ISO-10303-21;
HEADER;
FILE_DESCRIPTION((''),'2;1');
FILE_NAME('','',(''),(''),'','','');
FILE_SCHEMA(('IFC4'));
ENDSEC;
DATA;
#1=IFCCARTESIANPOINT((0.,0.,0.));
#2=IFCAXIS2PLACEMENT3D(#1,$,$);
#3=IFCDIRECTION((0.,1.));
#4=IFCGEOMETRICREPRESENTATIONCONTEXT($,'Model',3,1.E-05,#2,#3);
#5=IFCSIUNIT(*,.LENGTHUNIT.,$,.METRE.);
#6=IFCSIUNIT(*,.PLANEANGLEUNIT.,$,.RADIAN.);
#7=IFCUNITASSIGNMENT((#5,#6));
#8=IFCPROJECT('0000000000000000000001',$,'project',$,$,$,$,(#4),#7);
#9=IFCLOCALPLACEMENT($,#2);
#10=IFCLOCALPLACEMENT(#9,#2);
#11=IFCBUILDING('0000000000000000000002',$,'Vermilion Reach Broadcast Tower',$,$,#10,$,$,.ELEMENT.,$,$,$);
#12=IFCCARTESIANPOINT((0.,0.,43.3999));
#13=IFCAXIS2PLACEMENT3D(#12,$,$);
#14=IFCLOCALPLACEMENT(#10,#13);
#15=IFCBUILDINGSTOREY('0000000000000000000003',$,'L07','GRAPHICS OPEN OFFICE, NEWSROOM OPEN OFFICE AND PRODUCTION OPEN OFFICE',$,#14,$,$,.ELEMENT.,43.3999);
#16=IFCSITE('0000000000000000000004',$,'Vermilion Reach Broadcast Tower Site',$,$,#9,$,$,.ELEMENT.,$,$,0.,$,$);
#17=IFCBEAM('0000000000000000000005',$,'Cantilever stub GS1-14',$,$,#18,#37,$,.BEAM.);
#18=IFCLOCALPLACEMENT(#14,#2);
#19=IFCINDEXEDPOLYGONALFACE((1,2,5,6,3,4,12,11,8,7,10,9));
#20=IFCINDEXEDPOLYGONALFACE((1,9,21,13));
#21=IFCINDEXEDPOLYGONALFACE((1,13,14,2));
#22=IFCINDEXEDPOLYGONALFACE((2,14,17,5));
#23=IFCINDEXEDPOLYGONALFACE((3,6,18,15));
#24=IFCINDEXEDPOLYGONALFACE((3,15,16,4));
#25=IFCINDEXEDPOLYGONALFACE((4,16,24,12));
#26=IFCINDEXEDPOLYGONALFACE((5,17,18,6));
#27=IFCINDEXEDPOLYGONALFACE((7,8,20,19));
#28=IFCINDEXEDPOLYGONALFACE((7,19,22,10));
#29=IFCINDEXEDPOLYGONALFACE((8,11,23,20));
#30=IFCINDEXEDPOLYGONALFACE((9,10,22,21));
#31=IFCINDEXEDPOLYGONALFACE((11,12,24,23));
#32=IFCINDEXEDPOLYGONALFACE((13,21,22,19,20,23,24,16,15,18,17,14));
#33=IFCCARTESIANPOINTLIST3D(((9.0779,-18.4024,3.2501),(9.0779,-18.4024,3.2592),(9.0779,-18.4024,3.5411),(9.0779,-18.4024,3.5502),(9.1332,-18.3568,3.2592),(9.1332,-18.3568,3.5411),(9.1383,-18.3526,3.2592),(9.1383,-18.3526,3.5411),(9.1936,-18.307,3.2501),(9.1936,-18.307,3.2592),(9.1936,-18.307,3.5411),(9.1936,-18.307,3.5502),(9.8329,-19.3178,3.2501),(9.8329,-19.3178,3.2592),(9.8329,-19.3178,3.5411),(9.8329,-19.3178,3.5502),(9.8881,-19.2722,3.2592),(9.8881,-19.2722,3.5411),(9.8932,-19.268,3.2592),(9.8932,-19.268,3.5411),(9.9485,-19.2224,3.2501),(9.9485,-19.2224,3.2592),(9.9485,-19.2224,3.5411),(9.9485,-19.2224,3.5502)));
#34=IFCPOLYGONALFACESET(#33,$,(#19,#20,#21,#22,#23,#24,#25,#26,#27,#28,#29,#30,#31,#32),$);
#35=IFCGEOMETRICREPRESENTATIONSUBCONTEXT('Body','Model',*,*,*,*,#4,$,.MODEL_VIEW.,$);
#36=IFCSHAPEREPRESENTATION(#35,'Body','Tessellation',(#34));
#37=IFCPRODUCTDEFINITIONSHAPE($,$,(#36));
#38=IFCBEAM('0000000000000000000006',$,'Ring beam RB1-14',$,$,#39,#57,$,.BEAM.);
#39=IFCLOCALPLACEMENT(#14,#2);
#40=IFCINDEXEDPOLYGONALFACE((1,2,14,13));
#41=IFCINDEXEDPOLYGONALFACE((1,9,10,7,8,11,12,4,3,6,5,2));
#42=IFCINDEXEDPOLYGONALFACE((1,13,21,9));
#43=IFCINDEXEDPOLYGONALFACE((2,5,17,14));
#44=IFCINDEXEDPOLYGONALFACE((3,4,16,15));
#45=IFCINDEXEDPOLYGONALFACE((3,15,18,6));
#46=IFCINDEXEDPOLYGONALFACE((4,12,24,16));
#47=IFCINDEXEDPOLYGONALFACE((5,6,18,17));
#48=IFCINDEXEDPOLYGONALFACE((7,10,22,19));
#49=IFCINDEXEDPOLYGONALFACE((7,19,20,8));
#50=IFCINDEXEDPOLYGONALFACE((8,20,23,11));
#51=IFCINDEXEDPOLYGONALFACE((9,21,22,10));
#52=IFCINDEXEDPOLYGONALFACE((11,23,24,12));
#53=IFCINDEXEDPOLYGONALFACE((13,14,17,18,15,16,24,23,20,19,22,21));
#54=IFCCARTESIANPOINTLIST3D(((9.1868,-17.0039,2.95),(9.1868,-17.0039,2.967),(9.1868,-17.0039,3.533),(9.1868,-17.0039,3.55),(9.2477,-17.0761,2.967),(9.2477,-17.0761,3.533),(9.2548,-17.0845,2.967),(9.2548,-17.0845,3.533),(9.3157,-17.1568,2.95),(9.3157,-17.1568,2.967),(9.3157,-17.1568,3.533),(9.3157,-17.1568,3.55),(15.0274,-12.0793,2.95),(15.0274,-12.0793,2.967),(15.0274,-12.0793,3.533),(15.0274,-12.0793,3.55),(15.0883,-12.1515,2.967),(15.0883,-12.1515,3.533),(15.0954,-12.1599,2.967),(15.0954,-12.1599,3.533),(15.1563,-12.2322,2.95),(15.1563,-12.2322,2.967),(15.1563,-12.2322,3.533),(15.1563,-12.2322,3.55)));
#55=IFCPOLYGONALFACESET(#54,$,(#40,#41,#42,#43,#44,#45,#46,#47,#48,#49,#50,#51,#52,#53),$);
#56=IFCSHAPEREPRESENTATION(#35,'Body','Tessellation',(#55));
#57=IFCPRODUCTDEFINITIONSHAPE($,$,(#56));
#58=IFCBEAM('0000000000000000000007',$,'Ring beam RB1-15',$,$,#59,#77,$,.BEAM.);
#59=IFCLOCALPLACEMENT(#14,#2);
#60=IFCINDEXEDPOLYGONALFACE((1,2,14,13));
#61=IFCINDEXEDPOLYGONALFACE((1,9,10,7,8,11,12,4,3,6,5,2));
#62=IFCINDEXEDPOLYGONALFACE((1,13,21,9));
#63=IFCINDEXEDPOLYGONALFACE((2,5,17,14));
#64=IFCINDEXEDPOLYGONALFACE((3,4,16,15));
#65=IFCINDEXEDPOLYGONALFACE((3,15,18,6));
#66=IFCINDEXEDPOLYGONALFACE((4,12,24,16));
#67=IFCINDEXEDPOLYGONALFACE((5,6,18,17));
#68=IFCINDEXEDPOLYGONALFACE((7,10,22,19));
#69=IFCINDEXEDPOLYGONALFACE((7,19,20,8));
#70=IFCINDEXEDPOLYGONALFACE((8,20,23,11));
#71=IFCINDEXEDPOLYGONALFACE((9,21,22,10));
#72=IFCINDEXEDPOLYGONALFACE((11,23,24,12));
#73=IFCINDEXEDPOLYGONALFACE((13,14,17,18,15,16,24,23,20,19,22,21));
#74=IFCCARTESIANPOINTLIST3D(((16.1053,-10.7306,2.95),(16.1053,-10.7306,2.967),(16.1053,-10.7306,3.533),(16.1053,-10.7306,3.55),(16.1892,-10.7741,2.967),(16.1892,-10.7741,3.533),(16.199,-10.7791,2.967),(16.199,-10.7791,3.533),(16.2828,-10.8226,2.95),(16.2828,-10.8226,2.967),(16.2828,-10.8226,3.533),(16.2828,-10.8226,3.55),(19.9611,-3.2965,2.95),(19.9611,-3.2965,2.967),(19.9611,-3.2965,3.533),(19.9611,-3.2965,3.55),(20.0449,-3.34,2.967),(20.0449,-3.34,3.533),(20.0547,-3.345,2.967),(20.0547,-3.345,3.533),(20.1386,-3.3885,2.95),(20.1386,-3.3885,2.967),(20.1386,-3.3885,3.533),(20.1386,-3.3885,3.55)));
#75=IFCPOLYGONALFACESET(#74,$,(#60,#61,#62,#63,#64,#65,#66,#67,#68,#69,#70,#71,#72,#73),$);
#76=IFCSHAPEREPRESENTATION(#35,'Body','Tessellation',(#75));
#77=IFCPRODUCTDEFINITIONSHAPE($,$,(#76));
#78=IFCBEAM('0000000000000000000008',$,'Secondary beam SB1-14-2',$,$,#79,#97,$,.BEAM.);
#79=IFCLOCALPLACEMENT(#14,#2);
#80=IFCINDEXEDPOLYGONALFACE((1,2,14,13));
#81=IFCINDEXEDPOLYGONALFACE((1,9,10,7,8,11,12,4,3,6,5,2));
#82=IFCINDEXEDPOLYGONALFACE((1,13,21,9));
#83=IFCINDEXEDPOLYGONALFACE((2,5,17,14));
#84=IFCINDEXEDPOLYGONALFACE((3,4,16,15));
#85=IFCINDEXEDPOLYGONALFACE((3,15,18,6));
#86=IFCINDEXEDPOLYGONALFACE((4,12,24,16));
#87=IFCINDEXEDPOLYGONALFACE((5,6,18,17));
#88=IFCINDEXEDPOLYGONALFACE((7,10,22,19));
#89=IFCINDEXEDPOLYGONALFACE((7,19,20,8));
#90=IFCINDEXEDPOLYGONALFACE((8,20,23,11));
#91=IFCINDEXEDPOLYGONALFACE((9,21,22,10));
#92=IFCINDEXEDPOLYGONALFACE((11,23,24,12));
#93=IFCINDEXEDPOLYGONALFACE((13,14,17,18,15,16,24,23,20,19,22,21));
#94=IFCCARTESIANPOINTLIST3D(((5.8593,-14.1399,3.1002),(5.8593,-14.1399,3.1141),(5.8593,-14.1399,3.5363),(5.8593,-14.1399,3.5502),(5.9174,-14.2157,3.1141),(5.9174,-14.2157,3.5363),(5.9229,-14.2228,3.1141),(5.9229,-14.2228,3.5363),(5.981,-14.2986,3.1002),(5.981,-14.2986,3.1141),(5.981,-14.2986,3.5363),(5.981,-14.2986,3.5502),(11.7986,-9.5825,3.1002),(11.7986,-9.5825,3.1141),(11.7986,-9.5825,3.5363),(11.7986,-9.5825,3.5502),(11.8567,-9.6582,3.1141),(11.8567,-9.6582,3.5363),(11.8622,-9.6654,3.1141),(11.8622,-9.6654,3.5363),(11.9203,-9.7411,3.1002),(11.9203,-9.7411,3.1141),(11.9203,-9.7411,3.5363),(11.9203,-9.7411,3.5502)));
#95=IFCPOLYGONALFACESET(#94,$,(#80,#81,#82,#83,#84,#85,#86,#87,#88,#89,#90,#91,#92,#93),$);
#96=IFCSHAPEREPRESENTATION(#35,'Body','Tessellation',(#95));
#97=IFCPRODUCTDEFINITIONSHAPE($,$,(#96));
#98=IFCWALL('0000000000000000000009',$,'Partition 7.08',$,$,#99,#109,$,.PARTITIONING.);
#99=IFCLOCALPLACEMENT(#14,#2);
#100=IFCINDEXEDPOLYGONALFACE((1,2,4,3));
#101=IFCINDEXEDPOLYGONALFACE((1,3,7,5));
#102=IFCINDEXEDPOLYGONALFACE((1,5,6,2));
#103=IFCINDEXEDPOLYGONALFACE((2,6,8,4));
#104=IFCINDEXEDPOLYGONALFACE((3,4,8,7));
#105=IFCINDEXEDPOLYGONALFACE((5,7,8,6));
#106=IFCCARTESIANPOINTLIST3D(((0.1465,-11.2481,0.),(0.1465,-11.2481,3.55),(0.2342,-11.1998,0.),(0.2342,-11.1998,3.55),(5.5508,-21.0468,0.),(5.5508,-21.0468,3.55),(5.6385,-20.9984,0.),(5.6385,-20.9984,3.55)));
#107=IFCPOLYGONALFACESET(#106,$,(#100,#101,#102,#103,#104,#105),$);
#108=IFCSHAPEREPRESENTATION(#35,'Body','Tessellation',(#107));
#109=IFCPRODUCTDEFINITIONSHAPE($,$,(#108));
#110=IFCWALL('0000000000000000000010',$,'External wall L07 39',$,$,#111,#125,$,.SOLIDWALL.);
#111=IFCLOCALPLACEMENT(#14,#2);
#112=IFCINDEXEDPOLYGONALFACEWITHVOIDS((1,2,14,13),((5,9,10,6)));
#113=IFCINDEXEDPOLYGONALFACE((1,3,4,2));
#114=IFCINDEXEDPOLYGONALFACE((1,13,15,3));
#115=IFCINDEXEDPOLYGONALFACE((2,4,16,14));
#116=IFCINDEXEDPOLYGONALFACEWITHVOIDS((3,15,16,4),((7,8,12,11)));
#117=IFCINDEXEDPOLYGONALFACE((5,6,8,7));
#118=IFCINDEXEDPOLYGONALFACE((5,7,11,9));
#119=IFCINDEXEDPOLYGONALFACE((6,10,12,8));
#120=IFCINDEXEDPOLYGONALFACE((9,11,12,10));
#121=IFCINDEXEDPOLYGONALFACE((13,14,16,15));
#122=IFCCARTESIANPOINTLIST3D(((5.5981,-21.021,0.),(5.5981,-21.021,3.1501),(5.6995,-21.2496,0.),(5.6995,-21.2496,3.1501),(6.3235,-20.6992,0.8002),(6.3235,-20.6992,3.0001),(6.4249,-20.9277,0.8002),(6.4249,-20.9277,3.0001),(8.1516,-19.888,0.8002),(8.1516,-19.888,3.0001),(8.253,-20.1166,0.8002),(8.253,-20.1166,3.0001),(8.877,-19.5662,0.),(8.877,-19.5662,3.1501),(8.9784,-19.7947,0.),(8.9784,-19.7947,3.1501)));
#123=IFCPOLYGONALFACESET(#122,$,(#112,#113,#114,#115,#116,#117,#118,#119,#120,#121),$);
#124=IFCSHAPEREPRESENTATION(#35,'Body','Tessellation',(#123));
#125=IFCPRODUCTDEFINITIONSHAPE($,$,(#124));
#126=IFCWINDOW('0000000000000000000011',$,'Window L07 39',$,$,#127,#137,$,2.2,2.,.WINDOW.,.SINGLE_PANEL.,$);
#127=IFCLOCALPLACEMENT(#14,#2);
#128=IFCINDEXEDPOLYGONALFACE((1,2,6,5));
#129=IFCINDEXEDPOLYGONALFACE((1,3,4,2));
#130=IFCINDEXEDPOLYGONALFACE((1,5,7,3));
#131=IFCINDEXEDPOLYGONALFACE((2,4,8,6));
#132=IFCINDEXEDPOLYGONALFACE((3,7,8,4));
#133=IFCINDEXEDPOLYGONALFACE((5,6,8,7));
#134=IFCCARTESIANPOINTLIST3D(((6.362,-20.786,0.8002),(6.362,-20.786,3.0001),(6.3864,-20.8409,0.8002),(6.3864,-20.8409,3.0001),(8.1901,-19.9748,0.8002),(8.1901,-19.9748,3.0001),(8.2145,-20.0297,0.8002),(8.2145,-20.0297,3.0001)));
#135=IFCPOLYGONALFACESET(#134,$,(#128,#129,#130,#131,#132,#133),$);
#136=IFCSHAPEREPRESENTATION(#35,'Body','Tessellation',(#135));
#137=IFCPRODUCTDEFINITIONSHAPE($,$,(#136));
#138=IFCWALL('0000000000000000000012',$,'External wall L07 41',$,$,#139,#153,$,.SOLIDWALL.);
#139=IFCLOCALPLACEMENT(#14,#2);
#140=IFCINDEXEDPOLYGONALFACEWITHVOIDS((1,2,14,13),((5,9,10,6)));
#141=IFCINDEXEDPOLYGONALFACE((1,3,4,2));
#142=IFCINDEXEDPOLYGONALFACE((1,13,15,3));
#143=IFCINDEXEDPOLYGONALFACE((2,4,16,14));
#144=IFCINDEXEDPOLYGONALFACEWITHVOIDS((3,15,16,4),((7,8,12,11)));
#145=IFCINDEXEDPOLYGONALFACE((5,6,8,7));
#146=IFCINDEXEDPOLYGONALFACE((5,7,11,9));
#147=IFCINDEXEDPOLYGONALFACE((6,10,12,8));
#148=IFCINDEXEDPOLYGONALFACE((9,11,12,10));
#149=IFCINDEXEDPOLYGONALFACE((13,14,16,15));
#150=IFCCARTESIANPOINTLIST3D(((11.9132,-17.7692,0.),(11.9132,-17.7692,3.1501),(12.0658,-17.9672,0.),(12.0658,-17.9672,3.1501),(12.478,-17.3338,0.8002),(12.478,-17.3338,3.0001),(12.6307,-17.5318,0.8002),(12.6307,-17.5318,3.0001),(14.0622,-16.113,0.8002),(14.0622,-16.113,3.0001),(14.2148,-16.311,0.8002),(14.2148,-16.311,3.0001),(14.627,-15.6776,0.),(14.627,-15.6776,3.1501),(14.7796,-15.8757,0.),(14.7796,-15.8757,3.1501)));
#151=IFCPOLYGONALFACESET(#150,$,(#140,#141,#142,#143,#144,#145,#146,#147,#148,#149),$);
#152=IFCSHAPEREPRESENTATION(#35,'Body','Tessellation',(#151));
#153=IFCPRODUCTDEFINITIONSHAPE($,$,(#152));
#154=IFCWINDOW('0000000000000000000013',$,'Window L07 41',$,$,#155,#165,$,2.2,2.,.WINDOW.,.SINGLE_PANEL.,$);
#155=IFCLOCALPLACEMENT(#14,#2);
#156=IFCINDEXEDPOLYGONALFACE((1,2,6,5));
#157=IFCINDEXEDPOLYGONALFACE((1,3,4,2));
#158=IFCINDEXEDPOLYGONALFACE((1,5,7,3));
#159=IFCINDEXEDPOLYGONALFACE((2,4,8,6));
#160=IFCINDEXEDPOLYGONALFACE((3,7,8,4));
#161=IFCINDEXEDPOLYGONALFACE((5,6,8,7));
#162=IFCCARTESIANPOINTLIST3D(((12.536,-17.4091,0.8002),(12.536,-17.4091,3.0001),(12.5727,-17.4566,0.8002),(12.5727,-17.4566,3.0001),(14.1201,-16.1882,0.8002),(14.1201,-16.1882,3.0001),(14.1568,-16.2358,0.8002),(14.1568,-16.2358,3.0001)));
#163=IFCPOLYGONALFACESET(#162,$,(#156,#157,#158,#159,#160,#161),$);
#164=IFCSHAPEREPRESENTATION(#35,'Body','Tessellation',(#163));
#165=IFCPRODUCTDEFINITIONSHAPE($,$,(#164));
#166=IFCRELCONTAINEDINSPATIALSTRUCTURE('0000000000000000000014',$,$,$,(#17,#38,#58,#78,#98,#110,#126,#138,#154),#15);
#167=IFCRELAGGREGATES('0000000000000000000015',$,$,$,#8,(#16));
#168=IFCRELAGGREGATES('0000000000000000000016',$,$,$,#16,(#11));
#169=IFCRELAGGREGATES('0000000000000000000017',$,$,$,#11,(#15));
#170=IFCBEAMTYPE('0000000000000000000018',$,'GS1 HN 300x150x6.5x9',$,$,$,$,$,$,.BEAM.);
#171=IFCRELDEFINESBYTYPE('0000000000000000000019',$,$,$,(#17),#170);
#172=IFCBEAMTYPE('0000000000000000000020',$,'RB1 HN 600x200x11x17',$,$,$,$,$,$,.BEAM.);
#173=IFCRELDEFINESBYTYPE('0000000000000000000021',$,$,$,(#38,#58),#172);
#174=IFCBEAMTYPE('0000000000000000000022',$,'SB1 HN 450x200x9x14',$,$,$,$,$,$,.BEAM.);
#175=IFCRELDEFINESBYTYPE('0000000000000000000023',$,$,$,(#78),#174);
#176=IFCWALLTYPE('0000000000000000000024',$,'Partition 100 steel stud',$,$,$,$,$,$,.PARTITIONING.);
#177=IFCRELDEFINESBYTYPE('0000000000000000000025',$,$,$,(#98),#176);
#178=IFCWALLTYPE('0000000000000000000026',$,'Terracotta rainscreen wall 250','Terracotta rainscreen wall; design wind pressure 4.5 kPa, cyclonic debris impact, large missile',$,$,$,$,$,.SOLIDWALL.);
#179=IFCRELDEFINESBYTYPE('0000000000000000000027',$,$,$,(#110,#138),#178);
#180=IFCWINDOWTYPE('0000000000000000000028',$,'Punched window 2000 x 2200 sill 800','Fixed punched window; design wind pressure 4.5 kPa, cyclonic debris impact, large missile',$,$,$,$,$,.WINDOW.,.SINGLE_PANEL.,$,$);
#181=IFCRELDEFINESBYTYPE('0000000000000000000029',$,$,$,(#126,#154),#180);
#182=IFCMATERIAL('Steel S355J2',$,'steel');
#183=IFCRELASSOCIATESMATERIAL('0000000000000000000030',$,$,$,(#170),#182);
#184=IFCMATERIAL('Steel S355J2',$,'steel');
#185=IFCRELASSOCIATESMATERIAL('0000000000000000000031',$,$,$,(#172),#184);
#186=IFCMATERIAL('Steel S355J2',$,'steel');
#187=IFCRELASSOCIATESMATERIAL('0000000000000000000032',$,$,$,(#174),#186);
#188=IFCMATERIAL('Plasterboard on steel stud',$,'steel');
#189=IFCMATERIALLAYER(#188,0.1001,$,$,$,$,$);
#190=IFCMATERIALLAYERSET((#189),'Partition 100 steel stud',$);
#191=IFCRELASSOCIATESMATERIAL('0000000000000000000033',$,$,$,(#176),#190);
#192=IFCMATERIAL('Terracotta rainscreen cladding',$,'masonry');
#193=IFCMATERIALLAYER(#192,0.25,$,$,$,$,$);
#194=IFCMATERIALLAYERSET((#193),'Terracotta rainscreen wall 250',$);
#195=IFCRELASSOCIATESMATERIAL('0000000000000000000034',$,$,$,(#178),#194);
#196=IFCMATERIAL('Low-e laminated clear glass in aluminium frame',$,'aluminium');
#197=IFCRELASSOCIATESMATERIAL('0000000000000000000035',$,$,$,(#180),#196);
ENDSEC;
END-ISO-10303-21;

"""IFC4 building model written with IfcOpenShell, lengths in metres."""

from ifc_helpers import new_model, si_unit, direction, frame, frame_2d, origin, origin_2d, place, context, subcontext, project, spatial, rectangle, i_section, extrude, material, layer, layer_set, material_profile, profile_set, type_object, element, fill, save


model = new_model("IFC4")

# Units and contexts
model_context = context("Model", 3, precision=1e-05, world=origin(), true_north=direction((0.0, 1.0)))
body_context = subcontext(model_context, "Body", "Model", "MODEL_VIEW")
ifc_project = project(units=[si_unit("LENGTHUNIT", "METRE"), si_unit("PLANEANGLEUNIT", "RADIAN")], contexts=[model_context])

# Site, building, storey
site_placement = place(None, origin())
site = spatial("IfcSite", under=ifc_project, at=site_placement, Name="Vermilion Reach Broadcast Tower Site", CompositionType="ELEMENT", RefElevation=0.0)
building_placement = place(site_placement, origin())
building = spatial("IfcBuilding", under=site, at=building_placement, Name="Vermilion Reach Broadcast Tower", CompositionType="ELEMENT")
storey_placement = place(building_placement, frame((0.0, 0.0, 43.3999)))
storey = spatial("IfcBuildingStorey", under=building, at=storey_placement, Name="L07", Description="GRAPHICS OPEN OFFICE, NEWSROOM OPEN OFFICE AND PRODUCTION OPEN OFFICE", CompositionType="ELEMENT", Elevation=43.3999)

# Beams
ifc_material_1 = material(Name="Steel S355J2", Category="steel")
ifc_material_profile_1 = material_profile(ifc_material_1, i_section(OverallWidth=0.1499, OverallDepth=0.3, WebThickness=0.0066, FlangeThickness=0.009, at=origin_2d()), Name="S355J2 HN 300x150x6.5x9")
ifc_profile_set_1 = profile_set([ifc_material_profile_1], Name="Steel S355J2")
beam_type_1 = type_object("IfcBeamType", Name="GS1 HN 300x150x6.5x9", PredefinedType="BEAM", material=ifc_profile_set_1)
beam_1_placement = place(storey_placement, frame((9.1357, -18.3547, 3.4001), z_axis=(0.63627, -0.771467, 0.0), x_axis=(0.771467, 0.63627, 0.0)))
element("IfcBeam", 1, at=beam_1_placement, inside=storey, type_object=beam_type_1, Name="Cantilever stub GS1-14", PredefinedType="BEAM", context=body_context, shape_type="SweptSolid", body=[
    extrude(i_section(OverallWidth=0.1499, OverallDepth=0.3, WebThickness=0.0066, FlangeThickness=0.009, at=origin_2d()), origin(), (0.0, 0.0, 1.0), 1.1865),
])
ifc_material_2 = material(Name="Steel S355J2", Category="steel")
ifc_material_profile_2 = material_profile(ifc_material_2, i_section(OverallWidth=0.2, OverallDepth=0.6001, WebThickness=0.011, FlangeThickness=0.0171, at=origin_2d()), Name="S355J2 HN 600x200x11x17")
ifc_profile_set_2 = profile_set([ifc_material_profile_2], Name="Steel S355J2")
beam_type_2 = type_object("IfcBeamType", Name="RB1 HN 600x200x11x17", PredefinedType="BEAM", material=ifc_profile_set_2)
beam_2_placement = place(storey_placement, frame((9.2512, -17.0803, 3.25), z_axis=(0.764512, 0.644609, 0.0), x_axis=(-0.644609, 0.764512, 0.0)))
element("IfcBeam", 2, at=beam_2_placement, inside=storey, type_object=beam_type_2, Name="Ring beam RB1-14", PredefinedType="BEAM", context=body_context, shape_type="SweptSolid", body=[
    extrude(i_section(OverallWidth=0.2, OverallDepth=0.6001, WebThickness=0.011, FlangeThickness=0.0171, at=origin_2d()), origin(), (0.0, 0.0, 1.0), 7.6396),
])
beam_3_placement = place(storey_placement, frame((16.1941, -10.7766, 3.25), z_axis=(0.460412, 0.887706, 0.0), x_axis=(-0.887706, 0.460412, 0.0)))
element("IfcBeam", 3, at=beam_3_placement, inside=storey, type_object=beam_type_2, Name="Ring beam RB1-15", PredefinedType="BEAM", context=body_context, shape_type="SweptSolid", body=[
    extrude(i_section(OverallWidth=0.2, OverallDepth=0.6001, WebThickness=0.011, FlangeThickness=0.0171, at=origin_2d()), origin(), (0.0, 0.0, 1.0), 8.3745),
])
ifc_material_3 = material(Name="Steel S355J2", Category="steel")
ifc_material_profile_3 = material_profile(ifc_material_3, i_section(OverallWidth=0.2, OverallDepth=0.45, WebThickness=0.009, FlangeThickness=0.0139, at=origin_2d()), Name="S355J2 HN 450x200x9x14")
ifc_profile_set_3 = profile_set([ifc_material_profile_3], Name="Steel S355J2")
beam_type_3 = type_object("IfcBeamType", Name="SB1 HN 450x200x9x14", PredefinedType="BEAM", material=ifc_profile_set_3)
beam_4_placement = place(storey_placement, frame((5.9202, -14.2192, 3.3252), z_axis=(0.79335, 0.608766, 0.0), x_axis=(-0.608766, 0.79335, 0.0)))
element("IfcBeam", 4, at=beam_4_placement, inside=storey, type_object=beam_type_3, Name="Secondary beam SB1-14-2", PredefinedType="BEAM", context=body_context, shape_type="SweptSolid", body=[
    extrude(i_section(OverallWidth=0.2, OverallDepth=0.45, WebThickness=0.009, FlangeThickness=0.0139, at=origin_2d()), origin(), (0.0, 0.0, 1.0), 7.4863),
])

# Wall
ifc_material_4 = material(Name="Plasterboard on steel stud", Category="steel")
ifc_layer_1 = layer(ifc_material_4, 0.1001)
ifc_layer_set_1 = layer_set([ifc_layer_1], Name="Partition 100 steel stud")
wall_type_1 = type_object("IfcWallType", Name="Partition 100 steel stud", PredefinedType="PARTITIONING", material=ifc_layer_set_1)
wall_1_placement = place(storey_placement, frame((5.5947, -21.0227, 0.0), z_axis=(0.0, 0.0, 1.0), x_axis=(-0.482953, 0.875646, 0.0)))
element("IfcWall", 5, at=wall_1_placement, inside=storey, type_object=wall_type_1, Name="Partition 7.08", PredefinedType="PARTITIONING", context=body_context, shape_type="SweptSolid", body=[
    extrude(rectangle(XDim=11.1902, YDim=0.1001, at=frame_2d((5.5952, 0.0))), origin(), (0.0, 0.0, 1.0), 3.55),
])

# Wall, opening, window
ifc_material_5 = material(Name="Terracotta rainscreen cladding", Category="masonry")
ifc_layer_2 = layer(ifc_material_5, 0.25)
ifc_layer_set_2 = layer_set([ifc_layer_2], Name="Terracotta rainscreen wall 250")
wall_type_2 = type_object("IfcWallType", Name="Terracotta rainscreen wall 250", Description="Terracotta rainscreen wall; design wind pressure 4.5 kPa, cyclonic debris impact, large missile", PredefinedType="SOLIDWALL", material=ifc_layer_set_2)
wall_2_placement = place(storey_placement, frame((5.6489, -21.1353, 0.0), z_axis=(0.0, 0.0, 1.0), x_axis=(0.914061, 0.405576, 0.0)))
wall_2 = element("IfcWall", 6, at=wall_2_placement, inside=storey, type_object=wall_type_2, Name="External wall L07 39", PredefinedType="SOLIDWALL", context=body_context, shape_type="SweptSolid", body=[
    extrude(rectangle(XDim=3.5872, YDim=0.25, at=frame_2d((1.7935, 0.0))), origin(), (0.0, 0.0, 1.0), 3.1501),
])
opening_1_placement = place(wall_2_placement, frame((0.7935, 0.0, 0.8)))
opening_1 = element("IfcOpeningElement", 7, at=opening_1_placement, cuts=wall_2, PredefinedType="OPENING", context=body_context, shape_type="SweptSolid", body=[
    extrude(rectangle(XDim=2.0, YDim=2.2, at=frame_2d((1.0, 1.1001))), frame((0.0, 0.135, 0.0), z_axis=(0.0, -1.0, 0.0), x_axis=(1.0, 0.0, 0.0)), (0.0, 0.0, 1.0), 0.27),
])
ifc_material_6 = material(Name="Low-e laminated clear glass in aluminium frame", Category="aluminium")
window_type = type_object("IfcWindowType", Name="Punched window 2000 x 2200 sill 800", Description="Fixed punched window; design wind pressure 4.5 kPa, cyclonic debris impact, large missile", PartitioningType="SINGLE_PANEL", PredefinedType="WINDOW", material=ifc_material_6)
window_1_placement = place(opening_1_placement, origin())
window_1 = element("IfcWindow", 8, at=window_1_placement, inside=storey, type_object=window_type, Name="Window L07 39", OverallHeight=2.2, OverallWidth=2.0, PartitioningType="SINGLE_PANEL", PredefinedType="WINDOW", context=body_context, shape_type="SweptSolid", body=[
    extrude(rectangle(XDim=2.0, YDim=2.2, at=frame_2d((1.0, 1.1001))), frame((0.0, 0.03, 0.0), z_axis=(0.0, -1.0, 0.0), x_axis=(1.0, 0.0, 0.0)), (0.0, 0.0, 1.0), 0.0601),
])
fill(opening_1, window_1)

# Wall, opening, window
wall_3_placement = place(storey_placement, frame((11.9895, -17.8682, 0.0), z_axis=(0.0, 0.0, 1.0), x_axis=(0.792065, 0.610437, 0.0)))
wall_3 = element("IfcWall", 9, at=wall_3_placement, inside=storey, type_object=wall_type_2, Name="External wall L07 41", PredefinedType="SOLIDWALL", context=body_context, shape_type="SweptSolid", body=[
    extrude(rectangle(XDim=3.4263, YDim=0.25, at=frame_2d((1.7131, 0.0))), origin(), (0.0, 0.0, 1.0), 3.1501),
])
opening_2_placement = place(wall_3_placement, frame((0.7131, 0.0, 0.8)))
opening_2 = element("IfcOpeningElement", 10, at=opening_2_placement, cuts=wall_3, PredefinedType="OPENING", context=body_context, shape_type="SweptSolid", body=[
    extrude(rectangle(XDim=2.0, YDim=2.2, at=frame_2d((1.0, 1.1001))), frame((0.0, 0.135, 0.0), z_axis=(0.0, -1.0, 0.0), x_axis=(1.0, 0.0, 0.0)), (0.0, 0.0, 1.0), 0.27),
])
window_2_placement = place(opening_2_placement, origin())
window_2 = element("IfcWindow", 11, at=window_2_placement, inside=storey, type_object=window_type, Name="Window L07 41", OverallHeight=2.2, OverallWidth=2.0, PartitioningType="SINGLE_PANEL", PredefinedType="WINDOW", context=body_context, shape_type="SweptSolid", body=[
    extrude(rectangle(XDim=2.0, YDim=2.2, at=frame_2d((1.0, 1.1001))), frame((0.0, 0.03, 0.0), z_axis=(0.0, -1.0, 0.0), x_axis=(1.0, 0.0, 0.0)), (0.0, 0.0, 1.0), 0.0601),
])
fill(opening_2, window_2)

save(model, "model.ifc")
